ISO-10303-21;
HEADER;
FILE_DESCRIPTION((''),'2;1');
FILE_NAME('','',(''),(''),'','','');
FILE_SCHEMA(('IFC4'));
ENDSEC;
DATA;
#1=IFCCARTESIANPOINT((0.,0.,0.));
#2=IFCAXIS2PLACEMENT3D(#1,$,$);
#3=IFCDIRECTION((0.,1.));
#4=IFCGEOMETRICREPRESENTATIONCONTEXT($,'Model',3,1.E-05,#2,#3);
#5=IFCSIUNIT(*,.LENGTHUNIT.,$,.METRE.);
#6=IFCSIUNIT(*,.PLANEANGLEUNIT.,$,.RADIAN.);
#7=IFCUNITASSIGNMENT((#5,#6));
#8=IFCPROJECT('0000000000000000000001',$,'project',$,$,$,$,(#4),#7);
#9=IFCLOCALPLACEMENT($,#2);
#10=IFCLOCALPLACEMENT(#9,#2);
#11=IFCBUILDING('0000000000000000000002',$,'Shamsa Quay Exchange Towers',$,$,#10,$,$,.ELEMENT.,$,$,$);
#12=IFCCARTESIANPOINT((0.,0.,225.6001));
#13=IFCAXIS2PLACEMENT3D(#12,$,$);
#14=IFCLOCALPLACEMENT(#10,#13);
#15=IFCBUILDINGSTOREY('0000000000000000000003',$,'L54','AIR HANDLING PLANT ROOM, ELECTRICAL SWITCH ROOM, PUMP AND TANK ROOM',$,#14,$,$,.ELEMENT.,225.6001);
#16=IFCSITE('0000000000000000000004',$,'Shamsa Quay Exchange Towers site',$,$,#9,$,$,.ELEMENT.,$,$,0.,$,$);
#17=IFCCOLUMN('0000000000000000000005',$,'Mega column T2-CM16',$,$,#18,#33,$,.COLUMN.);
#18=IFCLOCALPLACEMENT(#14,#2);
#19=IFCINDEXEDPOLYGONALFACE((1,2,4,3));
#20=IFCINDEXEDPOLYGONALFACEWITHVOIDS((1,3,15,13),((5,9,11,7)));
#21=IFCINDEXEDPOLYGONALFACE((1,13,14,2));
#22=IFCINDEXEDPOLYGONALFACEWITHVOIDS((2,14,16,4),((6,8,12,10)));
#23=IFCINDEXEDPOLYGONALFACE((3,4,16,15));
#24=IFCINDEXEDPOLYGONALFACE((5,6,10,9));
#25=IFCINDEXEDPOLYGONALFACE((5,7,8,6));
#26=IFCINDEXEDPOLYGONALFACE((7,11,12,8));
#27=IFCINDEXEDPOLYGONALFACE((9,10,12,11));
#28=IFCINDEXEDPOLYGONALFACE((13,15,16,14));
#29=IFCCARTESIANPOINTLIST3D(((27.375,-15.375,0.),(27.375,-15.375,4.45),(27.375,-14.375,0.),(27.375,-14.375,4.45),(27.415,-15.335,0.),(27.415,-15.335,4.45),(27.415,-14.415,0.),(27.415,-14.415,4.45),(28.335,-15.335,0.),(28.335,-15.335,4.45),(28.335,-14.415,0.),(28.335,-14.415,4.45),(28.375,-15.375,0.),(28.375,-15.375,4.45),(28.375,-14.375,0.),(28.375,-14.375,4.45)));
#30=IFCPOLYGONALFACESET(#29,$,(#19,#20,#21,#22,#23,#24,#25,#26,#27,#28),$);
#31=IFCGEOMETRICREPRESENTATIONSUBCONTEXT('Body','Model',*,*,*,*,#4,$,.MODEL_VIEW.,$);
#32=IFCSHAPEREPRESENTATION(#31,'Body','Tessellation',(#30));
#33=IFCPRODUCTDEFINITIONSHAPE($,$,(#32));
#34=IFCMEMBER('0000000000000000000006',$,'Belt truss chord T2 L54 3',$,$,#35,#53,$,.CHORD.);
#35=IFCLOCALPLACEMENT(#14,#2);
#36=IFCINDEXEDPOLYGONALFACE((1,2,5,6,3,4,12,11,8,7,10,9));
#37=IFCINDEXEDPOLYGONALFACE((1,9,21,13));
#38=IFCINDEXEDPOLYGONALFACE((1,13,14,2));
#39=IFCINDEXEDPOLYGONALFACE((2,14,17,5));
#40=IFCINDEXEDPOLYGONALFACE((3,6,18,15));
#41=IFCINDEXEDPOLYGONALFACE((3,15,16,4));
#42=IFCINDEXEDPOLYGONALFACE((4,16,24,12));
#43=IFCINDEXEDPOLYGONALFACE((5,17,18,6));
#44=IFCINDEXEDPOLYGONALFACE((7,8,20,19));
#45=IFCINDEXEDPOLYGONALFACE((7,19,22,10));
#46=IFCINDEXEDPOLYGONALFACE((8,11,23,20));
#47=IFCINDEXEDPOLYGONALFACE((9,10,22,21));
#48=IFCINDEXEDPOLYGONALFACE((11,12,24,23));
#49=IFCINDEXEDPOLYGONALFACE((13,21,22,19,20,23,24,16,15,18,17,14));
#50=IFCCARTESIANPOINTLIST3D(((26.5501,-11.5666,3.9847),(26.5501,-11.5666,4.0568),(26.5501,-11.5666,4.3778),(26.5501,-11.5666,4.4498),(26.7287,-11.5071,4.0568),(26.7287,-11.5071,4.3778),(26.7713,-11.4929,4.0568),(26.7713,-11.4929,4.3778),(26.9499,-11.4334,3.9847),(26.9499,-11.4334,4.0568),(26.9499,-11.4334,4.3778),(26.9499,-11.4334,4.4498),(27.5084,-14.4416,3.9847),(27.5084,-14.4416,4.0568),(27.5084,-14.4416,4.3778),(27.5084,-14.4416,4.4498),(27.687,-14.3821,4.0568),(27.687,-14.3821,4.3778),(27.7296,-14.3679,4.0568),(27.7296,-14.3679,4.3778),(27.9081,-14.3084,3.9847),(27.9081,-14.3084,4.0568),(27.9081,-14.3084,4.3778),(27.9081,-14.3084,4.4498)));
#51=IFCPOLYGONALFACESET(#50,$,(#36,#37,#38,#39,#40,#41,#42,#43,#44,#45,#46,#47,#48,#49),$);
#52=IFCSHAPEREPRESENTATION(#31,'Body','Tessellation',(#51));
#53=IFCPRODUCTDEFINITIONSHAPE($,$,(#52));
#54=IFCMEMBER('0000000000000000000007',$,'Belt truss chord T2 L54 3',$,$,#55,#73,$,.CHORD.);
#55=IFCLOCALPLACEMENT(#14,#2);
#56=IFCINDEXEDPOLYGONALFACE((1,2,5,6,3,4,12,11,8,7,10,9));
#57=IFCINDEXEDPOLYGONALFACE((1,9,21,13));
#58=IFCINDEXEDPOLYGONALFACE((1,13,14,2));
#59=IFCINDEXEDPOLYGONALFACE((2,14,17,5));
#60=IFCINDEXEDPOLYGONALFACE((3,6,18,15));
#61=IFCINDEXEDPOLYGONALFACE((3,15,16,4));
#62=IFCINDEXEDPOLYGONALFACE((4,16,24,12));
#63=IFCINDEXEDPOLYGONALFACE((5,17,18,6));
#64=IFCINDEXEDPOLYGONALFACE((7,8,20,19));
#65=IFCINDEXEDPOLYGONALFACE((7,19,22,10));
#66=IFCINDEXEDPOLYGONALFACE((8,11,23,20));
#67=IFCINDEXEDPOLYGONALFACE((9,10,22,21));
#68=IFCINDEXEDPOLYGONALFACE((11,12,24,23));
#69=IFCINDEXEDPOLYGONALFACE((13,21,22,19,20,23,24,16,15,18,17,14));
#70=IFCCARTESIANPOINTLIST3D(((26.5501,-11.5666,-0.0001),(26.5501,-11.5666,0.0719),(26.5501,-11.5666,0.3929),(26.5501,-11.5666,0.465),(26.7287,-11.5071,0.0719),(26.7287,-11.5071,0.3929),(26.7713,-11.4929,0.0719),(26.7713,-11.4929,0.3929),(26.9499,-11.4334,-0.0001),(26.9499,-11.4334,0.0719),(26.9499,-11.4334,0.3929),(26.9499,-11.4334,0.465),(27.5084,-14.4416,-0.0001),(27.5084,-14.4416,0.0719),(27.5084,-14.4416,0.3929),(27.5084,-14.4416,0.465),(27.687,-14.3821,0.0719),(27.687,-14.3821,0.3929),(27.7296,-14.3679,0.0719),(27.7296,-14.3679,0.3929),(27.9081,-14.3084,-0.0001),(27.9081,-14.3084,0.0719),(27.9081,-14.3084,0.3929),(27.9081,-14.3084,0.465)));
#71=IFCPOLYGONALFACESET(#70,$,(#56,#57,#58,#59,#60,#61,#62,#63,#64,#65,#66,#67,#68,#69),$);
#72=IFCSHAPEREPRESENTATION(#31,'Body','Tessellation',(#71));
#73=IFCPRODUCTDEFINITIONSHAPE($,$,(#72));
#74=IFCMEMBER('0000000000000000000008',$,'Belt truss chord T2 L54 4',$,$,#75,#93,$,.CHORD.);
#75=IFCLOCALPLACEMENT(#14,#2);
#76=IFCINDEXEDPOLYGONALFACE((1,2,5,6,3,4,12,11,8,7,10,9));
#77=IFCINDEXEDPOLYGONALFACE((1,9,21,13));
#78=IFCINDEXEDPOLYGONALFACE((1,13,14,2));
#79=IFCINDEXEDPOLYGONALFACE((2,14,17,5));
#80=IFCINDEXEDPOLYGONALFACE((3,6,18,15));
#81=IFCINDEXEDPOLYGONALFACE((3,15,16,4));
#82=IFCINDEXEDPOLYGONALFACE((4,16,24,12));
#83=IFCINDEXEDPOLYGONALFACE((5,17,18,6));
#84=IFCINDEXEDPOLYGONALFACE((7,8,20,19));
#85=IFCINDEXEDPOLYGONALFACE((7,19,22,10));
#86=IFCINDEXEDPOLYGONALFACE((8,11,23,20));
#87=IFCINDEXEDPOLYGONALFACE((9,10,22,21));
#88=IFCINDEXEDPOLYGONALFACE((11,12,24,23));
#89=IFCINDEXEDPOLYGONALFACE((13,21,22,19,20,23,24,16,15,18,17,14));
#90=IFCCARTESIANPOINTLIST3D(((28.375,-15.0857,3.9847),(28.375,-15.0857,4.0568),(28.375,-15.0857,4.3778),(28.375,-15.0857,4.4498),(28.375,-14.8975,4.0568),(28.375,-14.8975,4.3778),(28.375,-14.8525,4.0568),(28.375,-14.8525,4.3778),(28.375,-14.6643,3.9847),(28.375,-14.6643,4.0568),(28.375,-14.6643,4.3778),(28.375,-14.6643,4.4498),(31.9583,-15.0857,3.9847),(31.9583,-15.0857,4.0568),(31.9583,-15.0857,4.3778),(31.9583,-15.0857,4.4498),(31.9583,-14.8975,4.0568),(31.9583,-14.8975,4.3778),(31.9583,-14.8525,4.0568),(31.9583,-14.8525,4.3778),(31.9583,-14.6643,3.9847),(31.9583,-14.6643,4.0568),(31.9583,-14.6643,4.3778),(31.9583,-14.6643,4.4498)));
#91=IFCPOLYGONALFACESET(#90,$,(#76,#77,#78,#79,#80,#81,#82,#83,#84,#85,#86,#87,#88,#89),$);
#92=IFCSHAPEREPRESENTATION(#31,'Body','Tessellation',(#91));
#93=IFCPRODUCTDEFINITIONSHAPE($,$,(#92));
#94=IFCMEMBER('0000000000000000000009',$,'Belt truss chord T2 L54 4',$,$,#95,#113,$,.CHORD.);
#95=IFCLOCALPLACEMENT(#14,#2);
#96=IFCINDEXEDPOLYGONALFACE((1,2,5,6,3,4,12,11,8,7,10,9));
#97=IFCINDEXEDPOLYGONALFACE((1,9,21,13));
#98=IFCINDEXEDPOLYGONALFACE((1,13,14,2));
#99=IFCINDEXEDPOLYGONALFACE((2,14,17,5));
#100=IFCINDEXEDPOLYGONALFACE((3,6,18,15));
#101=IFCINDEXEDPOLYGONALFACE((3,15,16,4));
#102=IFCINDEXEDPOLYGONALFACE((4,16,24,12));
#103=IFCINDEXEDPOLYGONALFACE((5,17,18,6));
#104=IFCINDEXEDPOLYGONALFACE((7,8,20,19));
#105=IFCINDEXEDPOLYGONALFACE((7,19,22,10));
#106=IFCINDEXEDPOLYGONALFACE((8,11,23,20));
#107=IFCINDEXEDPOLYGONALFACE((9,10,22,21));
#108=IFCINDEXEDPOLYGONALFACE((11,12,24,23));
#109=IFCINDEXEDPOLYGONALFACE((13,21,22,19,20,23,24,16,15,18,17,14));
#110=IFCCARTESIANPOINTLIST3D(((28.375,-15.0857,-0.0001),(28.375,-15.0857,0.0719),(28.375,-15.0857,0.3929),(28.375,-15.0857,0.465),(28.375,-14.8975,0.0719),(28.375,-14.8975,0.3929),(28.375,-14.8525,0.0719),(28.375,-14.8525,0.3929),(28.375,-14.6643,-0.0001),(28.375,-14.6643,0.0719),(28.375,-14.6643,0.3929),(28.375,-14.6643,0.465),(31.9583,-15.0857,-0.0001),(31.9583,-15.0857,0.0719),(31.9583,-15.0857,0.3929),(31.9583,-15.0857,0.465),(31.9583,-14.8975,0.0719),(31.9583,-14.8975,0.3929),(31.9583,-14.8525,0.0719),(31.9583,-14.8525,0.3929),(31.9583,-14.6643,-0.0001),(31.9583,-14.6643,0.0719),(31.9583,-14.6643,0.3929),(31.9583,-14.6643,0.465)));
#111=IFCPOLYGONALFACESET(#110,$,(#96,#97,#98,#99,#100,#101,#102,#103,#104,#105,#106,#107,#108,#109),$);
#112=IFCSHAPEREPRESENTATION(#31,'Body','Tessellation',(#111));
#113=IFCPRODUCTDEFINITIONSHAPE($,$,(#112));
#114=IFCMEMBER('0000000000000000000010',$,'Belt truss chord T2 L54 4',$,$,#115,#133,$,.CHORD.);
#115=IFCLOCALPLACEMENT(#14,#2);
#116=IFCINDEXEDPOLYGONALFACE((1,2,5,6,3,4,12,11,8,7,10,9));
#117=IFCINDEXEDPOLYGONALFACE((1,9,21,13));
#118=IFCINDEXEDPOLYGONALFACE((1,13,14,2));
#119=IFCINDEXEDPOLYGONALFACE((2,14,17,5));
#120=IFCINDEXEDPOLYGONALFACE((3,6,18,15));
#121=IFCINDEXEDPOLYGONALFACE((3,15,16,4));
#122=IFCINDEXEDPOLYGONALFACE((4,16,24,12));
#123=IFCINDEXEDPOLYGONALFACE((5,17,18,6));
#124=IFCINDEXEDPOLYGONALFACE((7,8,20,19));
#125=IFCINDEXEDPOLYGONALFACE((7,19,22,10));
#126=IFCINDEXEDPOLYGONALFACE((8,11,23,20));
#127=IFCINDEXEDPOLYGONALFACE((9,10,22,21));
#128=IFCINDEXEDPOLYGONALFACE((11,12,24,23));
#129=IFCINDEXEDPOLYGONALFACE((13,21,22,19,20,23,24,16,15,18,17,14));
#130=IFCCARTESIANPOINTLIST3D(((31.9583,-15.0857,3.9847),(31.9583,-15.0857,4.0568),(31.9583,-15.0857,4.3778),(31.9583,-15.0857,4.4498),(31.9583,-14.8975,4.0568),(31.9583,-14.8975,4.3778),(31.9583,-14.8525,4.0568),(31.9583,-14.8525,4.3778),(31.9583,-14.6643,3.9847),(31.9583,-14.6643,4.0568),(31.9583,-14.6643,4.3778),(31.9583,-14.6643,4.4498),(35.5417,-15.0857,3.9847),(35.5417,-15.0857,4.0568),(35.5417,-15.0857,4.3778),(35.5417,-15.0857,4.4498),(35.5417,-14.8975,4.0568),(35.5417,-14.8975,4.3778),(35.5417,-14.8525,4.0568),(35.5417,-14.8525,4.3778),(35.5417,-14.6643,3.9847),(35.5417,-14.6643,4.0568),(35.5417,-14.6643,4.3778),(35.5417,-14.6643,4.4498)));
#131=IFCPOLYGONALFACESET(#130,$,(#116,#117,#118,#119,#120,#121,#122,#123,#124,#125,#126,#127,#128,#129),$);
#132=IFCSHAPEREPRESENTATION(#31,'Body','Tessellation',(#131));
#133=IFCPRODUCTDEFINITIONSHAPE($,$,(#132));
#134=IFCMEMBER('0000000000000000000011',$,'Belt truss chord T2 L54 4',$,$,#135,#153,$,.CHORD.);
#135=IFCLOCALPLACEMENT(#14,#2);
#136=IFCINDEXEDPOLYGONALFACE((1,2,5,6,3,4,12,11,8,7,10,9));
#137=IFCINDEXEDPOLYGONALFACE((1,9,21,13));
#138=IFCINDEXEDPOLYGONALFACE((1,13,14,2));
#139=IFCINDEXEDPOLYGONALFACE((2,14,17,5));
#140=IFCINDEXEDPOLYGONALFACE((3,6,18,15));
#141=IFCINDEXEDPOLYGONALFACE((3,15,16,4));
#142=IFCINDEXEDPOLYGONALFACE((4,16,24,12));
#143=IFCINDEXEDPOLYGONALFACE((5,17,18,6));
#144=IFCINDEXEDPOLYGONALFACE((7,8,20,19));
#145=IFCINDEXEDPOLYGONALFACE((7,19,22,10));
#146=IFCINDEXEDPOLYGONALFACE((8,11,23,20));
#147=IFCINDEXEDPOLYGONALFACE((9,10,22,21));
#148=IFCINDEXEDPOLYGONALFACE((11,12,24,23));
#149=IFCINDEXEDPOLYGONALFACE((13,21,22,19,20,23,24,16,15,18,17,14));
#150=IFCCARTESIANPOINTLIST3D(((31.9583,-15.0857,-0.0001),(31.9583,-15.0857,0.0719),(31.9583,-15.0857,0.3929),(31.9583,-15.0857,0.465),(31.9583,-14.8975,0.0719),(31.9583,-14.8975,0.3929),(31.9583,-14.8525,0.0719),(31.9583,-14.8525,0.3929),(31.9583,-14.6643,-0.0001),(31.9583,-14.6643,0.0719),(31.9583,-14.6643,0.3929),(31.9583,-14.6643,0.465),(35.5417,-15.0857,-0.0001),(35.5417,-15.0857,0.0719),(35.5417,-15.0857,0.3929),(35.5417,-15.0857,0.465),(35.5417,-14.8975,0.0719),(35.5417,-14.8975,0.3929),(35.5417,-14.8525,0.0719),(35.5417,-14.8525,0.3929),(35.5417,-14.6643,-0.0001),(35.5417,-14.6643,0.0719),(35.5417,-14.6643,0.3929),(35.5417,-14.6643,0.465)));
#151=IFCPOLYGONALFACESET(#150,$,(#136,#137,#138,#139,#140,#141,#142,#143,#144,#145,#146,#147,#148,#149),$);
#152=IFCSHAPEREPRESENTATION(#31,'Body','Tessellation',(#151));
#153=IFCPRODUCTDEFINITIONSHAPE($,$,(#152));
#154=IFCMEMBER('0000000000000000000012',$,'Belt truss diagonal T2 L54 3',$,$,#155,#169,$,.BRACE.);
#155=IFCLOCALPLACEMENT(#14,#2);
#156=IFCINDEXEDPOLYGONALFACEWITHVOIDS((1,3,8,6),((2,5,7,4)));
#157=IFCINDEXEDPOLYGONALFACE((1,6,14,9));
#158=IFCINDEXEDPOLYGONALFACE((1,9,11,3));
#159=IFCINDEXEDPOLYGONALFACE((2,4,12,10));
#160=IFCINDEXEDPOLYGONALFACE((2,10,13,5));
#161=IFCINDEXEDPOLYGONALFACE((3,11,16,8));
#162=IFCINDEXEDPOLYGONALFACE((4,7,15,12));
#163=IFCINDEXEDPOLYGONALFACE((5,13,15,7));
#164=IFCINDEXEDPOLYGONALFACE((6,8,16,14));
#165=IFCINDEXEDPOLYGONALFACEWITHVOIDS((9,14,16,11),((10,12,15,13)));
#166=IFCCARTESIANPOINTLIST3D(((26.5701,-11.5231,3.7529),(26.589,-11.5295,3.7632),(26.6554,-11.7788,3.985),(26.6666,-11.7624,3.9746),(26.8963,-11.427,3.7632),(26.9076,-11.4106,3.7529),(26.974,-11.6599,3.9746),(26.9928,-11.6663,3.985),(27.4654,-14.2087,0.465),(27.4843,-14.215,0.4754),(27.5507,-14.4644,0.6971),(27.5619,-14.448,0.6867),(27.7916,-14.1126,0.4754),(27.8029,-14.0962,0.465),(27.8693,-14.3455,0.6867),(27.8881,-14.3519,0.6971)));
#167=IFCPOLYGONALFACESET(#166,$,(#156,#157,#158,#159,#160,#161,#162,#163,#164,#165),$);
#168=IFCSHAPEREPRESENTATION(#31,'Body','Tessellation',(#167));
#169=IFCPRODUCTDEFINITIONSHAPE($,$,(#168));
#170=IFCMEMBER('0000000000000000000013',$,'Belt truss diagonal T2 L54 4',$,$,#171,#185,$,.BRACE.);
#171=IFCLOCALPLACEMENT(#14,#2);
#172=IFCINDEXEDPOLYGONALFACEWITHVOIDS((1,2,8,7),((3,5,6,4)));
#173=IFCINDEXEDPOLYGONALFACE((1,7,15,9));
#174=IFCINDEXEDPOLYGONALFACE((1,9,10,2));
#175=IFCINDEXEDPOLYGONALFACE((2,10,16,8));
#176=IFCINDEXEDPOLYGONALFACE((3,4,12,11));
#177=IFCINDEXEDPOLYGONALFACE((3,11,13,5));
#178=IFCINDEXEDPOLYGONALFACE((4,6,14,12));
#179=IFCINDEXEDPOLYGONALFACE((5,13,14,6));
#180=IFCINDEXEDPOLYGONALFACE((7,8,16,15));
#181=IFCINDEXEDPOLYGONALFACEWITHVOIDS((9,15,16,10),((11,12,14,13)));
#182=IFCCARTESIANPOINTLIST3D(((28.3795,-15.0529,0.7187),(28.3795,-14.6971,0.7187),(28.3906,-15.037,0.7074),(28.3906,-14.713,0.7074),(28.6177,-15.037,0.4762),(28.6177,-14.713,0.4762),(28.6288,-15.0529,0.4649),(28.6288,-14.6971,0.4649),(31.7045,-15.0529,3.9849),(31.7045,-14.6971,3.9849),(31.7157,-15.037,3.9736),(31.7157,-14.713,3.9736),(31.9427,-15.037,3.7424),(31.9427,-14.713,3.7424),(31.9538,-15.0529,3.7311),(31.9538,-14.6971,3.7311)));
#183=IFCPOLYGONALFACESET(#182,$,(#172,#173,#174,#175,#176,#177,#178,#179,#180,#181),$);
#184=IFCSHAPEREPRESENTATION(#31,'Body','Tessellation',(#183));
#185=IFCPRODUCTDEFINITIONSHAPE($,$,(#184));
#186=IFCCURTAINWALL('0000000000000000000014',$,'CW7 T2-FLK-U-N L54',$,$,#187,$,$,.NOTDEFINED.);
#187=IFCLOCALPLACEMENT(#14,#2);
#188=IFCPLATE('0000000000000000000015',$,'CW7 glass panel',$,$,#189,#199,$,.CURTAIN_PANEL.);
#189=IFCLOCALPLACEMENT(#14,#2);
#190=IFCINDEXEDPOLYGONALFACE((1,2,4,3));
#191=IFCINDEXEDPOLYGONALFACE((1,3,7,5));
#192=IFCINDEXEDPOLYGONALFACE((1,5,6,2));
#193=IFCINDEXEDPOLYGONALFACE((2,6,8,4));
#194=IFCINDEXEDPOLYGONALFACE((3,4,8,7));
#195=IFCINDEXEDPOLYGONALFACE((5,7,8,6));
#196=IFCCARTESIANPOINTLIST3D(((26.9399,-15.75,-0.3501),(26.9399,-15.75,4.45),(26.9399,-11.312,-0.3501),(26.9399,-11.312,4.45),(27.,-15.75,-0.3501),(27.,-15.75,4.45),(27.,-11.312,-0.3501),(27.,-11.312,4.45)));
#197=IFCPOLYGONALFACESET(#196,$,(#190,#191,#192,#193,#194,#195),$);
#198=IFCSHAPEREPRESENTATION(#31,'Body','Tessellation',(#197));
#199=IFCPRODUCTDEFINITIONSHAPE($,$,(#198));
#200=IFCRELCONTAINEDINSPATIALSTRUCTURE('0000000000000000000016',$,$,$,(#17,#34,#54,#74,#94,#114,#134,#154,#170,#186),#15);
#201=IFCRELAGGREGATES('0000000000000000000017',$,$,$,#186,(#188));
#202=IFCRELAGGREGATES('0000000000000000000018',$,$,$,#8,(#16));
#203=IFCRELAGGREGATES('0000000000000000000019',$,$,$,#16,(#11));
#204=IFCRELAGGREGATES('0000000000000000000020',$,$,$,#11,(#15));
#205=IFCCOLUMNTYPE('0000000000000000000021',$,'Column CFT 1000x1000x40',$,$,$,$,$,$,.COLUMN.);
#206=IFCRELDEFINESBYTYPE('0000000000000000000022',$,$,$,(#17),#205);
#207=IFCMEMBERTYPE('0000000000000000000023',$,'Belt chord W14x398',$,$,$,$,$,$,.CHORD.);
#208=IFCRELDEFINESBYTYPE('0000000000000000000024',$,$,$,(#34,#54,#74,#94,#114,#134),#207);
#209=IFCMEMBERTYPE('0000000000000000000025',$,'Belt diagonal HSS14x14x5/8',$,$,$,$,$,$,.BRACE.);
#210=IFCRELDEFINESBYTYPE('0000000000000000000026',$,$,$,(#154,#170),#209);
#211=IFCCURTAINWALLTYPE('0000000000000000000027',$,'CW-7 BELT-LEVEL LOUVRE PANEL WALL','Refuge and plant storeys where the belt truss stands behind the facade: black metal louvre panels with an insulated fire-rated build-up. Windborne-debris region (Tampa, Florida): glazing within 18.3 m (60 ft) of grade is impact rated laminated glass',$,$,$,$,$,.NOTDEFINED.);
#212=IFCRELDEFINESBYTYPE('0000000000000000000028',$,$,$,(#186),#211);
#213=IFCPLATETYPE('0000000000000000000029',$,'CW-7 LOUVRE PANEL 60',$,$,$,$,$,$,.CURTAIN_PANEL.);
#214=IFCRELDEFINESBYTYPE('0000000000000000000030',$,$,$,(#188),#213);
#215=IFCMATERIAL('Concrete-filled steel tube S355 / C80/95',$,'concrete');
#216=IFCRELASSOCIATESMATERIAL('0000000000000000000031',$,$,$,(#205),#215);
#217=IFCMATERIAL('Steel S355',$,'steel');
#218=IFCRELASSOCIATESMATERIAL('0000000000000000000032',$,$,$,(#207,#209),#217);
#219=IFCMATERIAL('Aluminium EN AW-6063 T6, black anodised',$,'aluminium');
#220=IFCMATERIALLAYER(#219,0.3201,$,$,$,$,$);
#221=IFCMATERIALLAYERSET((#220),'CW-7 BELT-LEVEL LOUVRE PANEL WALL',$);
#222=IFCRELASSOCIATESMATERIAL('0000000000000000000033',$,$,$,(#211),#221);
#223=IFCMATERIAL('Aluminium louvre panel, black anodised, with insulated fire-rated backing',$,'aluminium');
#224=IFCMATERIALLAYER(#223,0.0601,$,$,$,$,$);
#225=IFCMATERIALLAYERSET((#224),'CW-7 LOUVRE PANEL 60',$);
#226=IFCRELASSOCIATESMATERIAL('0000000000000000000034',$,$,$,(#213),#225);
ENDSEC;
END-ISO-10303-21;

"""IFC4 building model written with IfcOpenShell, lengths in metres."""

from ifc_helpers import new_model, si_unit, direction, frame, origin, origin_2d, place, context, subcontext, project, spatial, rectangle, hollow_rectangle, i_section, extrude, material, layer, layer_set, material_profile, profile_set, type_object, element, aggregate, save


model = new_model("IFC4")

# Units and contexts
model_context = context("Model", 3, precision=1e-05, world=origin(), true_north=direction((0.0, 1.0)))
body_context = subcontext(model_context, "Body", "Model", "MODEL_VIEW")
ifc_project = project(units=[si_unit("LENGTHUNIT", "METRE"), si_unit("PLANEANGLEUNIT", "RADIAN")], contexts=[model_context])

# Site, building, storey
site_placement = place(None, origin())
site = spatial("IfcSite", under=ifc_project, at=site_placement, Name="Shamsa Quay Exchange Towers site", CompositionType="ELEMENT", RefElevation=0.0)
building_placement = place(site_placement, origin())
building = spatial("IfcBuilding", under=site, at=building_placement, Name="Shamsa Quay Exchange Towers", CompositionType="ELEMENT")
storey_placement = place(building_placement, frame((0.0, 0.0, 225.6001)))
storey = spatial("IfcBuildingStorey", under=building, at=storey_placement, Name="L54", Description="AIR HANDLING PLANT ROOM, ELECTRICAL SWITCH ROOM, PUMP AND TANK ROOM", CompositionType="ELEMENT", Elevation=225.6001)

# Column
ifc_material_1 = material(Name="Concrete-filled steel tube S355 / C80/95", Category="concrete")
ifc_material_profile_1 = material_profile(ifc_material_1, hollow_rectangle(XDim=1.0, YDim=1.0, WallThickness=0.04, at=origin_2d()), Name="CFT 1000x1000x40")
ifc_profile_set_1 = profile_set([ifc_material_profile_1], Name="Concrete-filled steel tube S355 / C80/95")
column_type = type_object("IfcColumnType", Name="Column CFT 1000x1000x40", PredefinedType="COLUMN", material=ifc_profile_set_1)
column_placement = place(storey_placement, frame((27.875, -14.875, 0.0)))
element("IfcColumn", 1, at=column_placement, inside=storey, type_object=column_type, Name="Mega column T2-CM16", PredefinedType="COLUMN", context=body_context, shape_type="SweptSolid", body=[
    extrude(hollow_rectangle(XDim=1.0, YDim=1.0, WallThickness=0.04, at=origin_2d()), origin(), (0.0, 0.0, 1.0), 4.45),
])

# Members
ifc_material_2 = material(Name="Steel S355", Category="steel")
ifc_material_profile_2 = material_profile(ifc_material_2, i_section(OverallWidth=0.4214, OverallDepth=0.4651, WebThickness=0.0449, FlangeThickness=0.072, at=origin_2d()), Name="W14x398")
ifc_profile_set_2 = profile_set([ifc_material_profile_2], Name="Steel S355")
member_type_1 = type_object("IfcMemberType", Name="Belt chord W14x398", PredefinedType="CHORD", material=ifc_profile_set_2)
for number, where, z_axis, x_axis, name in (
    (2, (26.75, -11.5, 4.2173), (0.316204, -0.948691, 0.0), (0.948691, 0.316204, 0.0), "Belt truss chord T2 L54 3"),
    (3, (26.75, -11.5, 0.2324), (0.316204, -0.948691, 0.0), (0.948691, 0.316204, 0.0), "Belt truss chord T2 L54 3"),
):
    element("IfcMember", number, at=place(storey_placement, frame(where, z_axis=z_axis, x_axis=x_axis)), inside=storey, type_object=member_type_1, Name=name, PredefinedType="CHORD", context=body_context, shape_type="SweptSolid", body=[
        extrude(i_section(OverallWidth=0.4214, OverallDepth=0.4651, WebThickness=0.0449, FlangeThickness=0.072, at=origin_2d()), origin(), (0.0, 0.0, 1.0), 3.0305),
    ])
for number, where, z_axis, x_axis, name in (
    (4, (28.375, -14.875, 4.2173), (1.0, 0.0, 0.0), (0.0, 1.0, 0.0), "Belt truss chord T2 L54 4"),
    (5, (28.375, -14.875, 0.2324), (1.0, 0.0, 0.0), (0.0, 1.0, 0.0), "Belt truss chord T2 L54 4"),
):
    element("IfcMember", number, at=place(storey_placement, frame(where, z_axis=z_axis, x_axis=x_axis)), inside=storey, type_object=member_type_1, Name=name, PredefinedType="CHORD", context=body_context, shape_type="SweptSolid", body=[
        extrude(i_section(OverallWidth=0.4214, OverallDepth=0.4651, WebThickness=0.0449, FlangeThickness=0.072, at=origin_2d()), origin(), (0.0, 0.0, 1.0), 3.5833),
    ])
for number, where, z_axis, x_axis, name in (
    (6, (31.9583, -14.875, 4.2173), (1.0, 0.0, 0.0), (0.0, 1.0, 0.0), "Belt truss chord T2 L54 4"),
    (7, (31.9583, -14.875, 0.2324), (1.0, 0.0, 0.0), (0.0, 1.0, 0.0), "Belt truss chord T2 L54 4"),
):
    element("IfcMember", number, at=place(storey_placement, frame(where, z_axis=z_axis, x_axis=x_axis)), inside=storey, type_object=member_type_1, Name=name, PredefinedType="CHORD", context=body_context, shape_type="SweptSolid", body=[
        extrude(i_section(OverallWidth=0.4214, OverallDepth=0.4651, WebThickness=0.0449, FlangeThickness=0.072, at=origin_2d()), origin(), (0.0, 0.0, 1.0), 3.5835),
    ])
ifc_material_profile_3 = material_profile(ifc_material_2, hollow_rectangle(XDim=0.3557, YDim=0.3557, WallThickness=0.0159, at=origin_2d()), Name="HSS14x14x5/8")
ifc_profile_set_3 = profile_set([ifc_material_profile_3], Name="Steel S355")
member_type_2 = type_object("IfcMemberType", Name="Belt diagonal HSS14x14x5/8", PredefinedType="BRACE", material=ifc_profile_set_3)
member_1_placement = place(storey_placement, frame((27.6768, -14.2803, 0.5811), z_axis=(-0.206348, 0.618987, 0.757809), x_axis=(-0.948675, -0.316254, 0.0)))
element("IfcMember", 8, at=member_1_placement, inside=storey, type_object=member_type_2, Name="Belt truss diagonal T2 L54 3", PredefinedType="BRACE", context=body_context, shape_type="SweptSolid", body=[
    extrude(hollow_rectangle(XDim=0.3557, YDim=0.3557, WallThickness=0.0159, at=origin_2d()), origin(), (0.0, 0.0, 1.0), 4.3386),
])
member_2_placement = place(storey_placement, frame((28.5042, -14.875, 0.5918), z_axis=(0.713391, 0.0, 0.700767), x_axis=(0.0, 1.0, 0.0)))
element("IfcMember", 9, at=member_2_placement, inside=storey, type_object=member_type_2, Name="Belt truss diagonal T2 L54 4", PredefinedType="BRACE", context=body_context, shape_type="SweptSolid", body=[
    extrude(hollow_rectangle(XDim=0.3557, YDim=0.3557, WallThickness=0.0159, at=origin_2d()), origin(), (0.0, 0.0, 1.0), 4.6609),
])

# Curtain wall, plate
ifc_material_3 = material(Name="Aluminium EN AW-6063 T6, black anodised", Category="aluminium")
ifc_layer_1 = layer(ifc_material_3, 0.3201)
ifc_layer_set_1 = layer_set([ifc_layer_1], Name="CW-7 BELT-LEVEL LOUVRE PANEL WALL")
curtain_wall_type = type_object("IfcCurtainWallType", Name="CW-7 BELT-LEVEL LOUVRE PANEL WALL", Description="Refuge and plant storeys where the belt truss stands behind the facade: black metal louvre panels with an insulated fire-rated build-up. Windborne-debris region (Tampa, Florida): glazing within 18.3 m (60 ft) of grade is impact rated laminated glass", PredefinedType="NOTDEFINED", material=ifc_layer_set_1)
curtain_wall_1_placement = place(storey_placement, origin())
curtain_wall_1 = element("IfcCurtainWall", 10, at=curtain_wall_1_placement, inside=storey, type_object=curtain_wall_type, Name="CW7 T2-FLK-U-N L54", PredefinedType="NOTDEFINED")
ifc_material_4 = material(Name="Aluminium louvre panel, black anodised, with insulated fire-rated backing", Category="aluminium")
ifc_layer_2 = layer(ifc_material_4, 0.0601)
ifc_layer_set_2 = layer_set([ifc_layer_2], Name="CW-7 LOUVRE PANEL 60")
plate_type = type_object("IfcPlateType", Name="CW-7 LOUVRE PANEL 60", PredefinedType="CURTAIN_PANEL", material=ifc_layer_set_2)
plate_1_placement = place(storey_placement, frame((26.97, -13.531, -0.3501), z_axis=(0.0, 0.0, 1.0), x_axis=(0.0, -1.0, 0.0)))
plate_1 = element("IfcPlate", 11, at=plate_1_placement, type_object=plate_type, Name="CW7 glass panel", PredefinedType="CURTAIN_PANEL", context=body_context, shape_type="SweptSolid", body=[
    extrude(rectangle(XDim=4.438, YDim=0.0601, at=origin_2d()), origin(), (0.0, 0.0, 1.0), 4.8),
])
aggregate(curtain_wall_1, [plate_1])

save(model, "model.ifc")
